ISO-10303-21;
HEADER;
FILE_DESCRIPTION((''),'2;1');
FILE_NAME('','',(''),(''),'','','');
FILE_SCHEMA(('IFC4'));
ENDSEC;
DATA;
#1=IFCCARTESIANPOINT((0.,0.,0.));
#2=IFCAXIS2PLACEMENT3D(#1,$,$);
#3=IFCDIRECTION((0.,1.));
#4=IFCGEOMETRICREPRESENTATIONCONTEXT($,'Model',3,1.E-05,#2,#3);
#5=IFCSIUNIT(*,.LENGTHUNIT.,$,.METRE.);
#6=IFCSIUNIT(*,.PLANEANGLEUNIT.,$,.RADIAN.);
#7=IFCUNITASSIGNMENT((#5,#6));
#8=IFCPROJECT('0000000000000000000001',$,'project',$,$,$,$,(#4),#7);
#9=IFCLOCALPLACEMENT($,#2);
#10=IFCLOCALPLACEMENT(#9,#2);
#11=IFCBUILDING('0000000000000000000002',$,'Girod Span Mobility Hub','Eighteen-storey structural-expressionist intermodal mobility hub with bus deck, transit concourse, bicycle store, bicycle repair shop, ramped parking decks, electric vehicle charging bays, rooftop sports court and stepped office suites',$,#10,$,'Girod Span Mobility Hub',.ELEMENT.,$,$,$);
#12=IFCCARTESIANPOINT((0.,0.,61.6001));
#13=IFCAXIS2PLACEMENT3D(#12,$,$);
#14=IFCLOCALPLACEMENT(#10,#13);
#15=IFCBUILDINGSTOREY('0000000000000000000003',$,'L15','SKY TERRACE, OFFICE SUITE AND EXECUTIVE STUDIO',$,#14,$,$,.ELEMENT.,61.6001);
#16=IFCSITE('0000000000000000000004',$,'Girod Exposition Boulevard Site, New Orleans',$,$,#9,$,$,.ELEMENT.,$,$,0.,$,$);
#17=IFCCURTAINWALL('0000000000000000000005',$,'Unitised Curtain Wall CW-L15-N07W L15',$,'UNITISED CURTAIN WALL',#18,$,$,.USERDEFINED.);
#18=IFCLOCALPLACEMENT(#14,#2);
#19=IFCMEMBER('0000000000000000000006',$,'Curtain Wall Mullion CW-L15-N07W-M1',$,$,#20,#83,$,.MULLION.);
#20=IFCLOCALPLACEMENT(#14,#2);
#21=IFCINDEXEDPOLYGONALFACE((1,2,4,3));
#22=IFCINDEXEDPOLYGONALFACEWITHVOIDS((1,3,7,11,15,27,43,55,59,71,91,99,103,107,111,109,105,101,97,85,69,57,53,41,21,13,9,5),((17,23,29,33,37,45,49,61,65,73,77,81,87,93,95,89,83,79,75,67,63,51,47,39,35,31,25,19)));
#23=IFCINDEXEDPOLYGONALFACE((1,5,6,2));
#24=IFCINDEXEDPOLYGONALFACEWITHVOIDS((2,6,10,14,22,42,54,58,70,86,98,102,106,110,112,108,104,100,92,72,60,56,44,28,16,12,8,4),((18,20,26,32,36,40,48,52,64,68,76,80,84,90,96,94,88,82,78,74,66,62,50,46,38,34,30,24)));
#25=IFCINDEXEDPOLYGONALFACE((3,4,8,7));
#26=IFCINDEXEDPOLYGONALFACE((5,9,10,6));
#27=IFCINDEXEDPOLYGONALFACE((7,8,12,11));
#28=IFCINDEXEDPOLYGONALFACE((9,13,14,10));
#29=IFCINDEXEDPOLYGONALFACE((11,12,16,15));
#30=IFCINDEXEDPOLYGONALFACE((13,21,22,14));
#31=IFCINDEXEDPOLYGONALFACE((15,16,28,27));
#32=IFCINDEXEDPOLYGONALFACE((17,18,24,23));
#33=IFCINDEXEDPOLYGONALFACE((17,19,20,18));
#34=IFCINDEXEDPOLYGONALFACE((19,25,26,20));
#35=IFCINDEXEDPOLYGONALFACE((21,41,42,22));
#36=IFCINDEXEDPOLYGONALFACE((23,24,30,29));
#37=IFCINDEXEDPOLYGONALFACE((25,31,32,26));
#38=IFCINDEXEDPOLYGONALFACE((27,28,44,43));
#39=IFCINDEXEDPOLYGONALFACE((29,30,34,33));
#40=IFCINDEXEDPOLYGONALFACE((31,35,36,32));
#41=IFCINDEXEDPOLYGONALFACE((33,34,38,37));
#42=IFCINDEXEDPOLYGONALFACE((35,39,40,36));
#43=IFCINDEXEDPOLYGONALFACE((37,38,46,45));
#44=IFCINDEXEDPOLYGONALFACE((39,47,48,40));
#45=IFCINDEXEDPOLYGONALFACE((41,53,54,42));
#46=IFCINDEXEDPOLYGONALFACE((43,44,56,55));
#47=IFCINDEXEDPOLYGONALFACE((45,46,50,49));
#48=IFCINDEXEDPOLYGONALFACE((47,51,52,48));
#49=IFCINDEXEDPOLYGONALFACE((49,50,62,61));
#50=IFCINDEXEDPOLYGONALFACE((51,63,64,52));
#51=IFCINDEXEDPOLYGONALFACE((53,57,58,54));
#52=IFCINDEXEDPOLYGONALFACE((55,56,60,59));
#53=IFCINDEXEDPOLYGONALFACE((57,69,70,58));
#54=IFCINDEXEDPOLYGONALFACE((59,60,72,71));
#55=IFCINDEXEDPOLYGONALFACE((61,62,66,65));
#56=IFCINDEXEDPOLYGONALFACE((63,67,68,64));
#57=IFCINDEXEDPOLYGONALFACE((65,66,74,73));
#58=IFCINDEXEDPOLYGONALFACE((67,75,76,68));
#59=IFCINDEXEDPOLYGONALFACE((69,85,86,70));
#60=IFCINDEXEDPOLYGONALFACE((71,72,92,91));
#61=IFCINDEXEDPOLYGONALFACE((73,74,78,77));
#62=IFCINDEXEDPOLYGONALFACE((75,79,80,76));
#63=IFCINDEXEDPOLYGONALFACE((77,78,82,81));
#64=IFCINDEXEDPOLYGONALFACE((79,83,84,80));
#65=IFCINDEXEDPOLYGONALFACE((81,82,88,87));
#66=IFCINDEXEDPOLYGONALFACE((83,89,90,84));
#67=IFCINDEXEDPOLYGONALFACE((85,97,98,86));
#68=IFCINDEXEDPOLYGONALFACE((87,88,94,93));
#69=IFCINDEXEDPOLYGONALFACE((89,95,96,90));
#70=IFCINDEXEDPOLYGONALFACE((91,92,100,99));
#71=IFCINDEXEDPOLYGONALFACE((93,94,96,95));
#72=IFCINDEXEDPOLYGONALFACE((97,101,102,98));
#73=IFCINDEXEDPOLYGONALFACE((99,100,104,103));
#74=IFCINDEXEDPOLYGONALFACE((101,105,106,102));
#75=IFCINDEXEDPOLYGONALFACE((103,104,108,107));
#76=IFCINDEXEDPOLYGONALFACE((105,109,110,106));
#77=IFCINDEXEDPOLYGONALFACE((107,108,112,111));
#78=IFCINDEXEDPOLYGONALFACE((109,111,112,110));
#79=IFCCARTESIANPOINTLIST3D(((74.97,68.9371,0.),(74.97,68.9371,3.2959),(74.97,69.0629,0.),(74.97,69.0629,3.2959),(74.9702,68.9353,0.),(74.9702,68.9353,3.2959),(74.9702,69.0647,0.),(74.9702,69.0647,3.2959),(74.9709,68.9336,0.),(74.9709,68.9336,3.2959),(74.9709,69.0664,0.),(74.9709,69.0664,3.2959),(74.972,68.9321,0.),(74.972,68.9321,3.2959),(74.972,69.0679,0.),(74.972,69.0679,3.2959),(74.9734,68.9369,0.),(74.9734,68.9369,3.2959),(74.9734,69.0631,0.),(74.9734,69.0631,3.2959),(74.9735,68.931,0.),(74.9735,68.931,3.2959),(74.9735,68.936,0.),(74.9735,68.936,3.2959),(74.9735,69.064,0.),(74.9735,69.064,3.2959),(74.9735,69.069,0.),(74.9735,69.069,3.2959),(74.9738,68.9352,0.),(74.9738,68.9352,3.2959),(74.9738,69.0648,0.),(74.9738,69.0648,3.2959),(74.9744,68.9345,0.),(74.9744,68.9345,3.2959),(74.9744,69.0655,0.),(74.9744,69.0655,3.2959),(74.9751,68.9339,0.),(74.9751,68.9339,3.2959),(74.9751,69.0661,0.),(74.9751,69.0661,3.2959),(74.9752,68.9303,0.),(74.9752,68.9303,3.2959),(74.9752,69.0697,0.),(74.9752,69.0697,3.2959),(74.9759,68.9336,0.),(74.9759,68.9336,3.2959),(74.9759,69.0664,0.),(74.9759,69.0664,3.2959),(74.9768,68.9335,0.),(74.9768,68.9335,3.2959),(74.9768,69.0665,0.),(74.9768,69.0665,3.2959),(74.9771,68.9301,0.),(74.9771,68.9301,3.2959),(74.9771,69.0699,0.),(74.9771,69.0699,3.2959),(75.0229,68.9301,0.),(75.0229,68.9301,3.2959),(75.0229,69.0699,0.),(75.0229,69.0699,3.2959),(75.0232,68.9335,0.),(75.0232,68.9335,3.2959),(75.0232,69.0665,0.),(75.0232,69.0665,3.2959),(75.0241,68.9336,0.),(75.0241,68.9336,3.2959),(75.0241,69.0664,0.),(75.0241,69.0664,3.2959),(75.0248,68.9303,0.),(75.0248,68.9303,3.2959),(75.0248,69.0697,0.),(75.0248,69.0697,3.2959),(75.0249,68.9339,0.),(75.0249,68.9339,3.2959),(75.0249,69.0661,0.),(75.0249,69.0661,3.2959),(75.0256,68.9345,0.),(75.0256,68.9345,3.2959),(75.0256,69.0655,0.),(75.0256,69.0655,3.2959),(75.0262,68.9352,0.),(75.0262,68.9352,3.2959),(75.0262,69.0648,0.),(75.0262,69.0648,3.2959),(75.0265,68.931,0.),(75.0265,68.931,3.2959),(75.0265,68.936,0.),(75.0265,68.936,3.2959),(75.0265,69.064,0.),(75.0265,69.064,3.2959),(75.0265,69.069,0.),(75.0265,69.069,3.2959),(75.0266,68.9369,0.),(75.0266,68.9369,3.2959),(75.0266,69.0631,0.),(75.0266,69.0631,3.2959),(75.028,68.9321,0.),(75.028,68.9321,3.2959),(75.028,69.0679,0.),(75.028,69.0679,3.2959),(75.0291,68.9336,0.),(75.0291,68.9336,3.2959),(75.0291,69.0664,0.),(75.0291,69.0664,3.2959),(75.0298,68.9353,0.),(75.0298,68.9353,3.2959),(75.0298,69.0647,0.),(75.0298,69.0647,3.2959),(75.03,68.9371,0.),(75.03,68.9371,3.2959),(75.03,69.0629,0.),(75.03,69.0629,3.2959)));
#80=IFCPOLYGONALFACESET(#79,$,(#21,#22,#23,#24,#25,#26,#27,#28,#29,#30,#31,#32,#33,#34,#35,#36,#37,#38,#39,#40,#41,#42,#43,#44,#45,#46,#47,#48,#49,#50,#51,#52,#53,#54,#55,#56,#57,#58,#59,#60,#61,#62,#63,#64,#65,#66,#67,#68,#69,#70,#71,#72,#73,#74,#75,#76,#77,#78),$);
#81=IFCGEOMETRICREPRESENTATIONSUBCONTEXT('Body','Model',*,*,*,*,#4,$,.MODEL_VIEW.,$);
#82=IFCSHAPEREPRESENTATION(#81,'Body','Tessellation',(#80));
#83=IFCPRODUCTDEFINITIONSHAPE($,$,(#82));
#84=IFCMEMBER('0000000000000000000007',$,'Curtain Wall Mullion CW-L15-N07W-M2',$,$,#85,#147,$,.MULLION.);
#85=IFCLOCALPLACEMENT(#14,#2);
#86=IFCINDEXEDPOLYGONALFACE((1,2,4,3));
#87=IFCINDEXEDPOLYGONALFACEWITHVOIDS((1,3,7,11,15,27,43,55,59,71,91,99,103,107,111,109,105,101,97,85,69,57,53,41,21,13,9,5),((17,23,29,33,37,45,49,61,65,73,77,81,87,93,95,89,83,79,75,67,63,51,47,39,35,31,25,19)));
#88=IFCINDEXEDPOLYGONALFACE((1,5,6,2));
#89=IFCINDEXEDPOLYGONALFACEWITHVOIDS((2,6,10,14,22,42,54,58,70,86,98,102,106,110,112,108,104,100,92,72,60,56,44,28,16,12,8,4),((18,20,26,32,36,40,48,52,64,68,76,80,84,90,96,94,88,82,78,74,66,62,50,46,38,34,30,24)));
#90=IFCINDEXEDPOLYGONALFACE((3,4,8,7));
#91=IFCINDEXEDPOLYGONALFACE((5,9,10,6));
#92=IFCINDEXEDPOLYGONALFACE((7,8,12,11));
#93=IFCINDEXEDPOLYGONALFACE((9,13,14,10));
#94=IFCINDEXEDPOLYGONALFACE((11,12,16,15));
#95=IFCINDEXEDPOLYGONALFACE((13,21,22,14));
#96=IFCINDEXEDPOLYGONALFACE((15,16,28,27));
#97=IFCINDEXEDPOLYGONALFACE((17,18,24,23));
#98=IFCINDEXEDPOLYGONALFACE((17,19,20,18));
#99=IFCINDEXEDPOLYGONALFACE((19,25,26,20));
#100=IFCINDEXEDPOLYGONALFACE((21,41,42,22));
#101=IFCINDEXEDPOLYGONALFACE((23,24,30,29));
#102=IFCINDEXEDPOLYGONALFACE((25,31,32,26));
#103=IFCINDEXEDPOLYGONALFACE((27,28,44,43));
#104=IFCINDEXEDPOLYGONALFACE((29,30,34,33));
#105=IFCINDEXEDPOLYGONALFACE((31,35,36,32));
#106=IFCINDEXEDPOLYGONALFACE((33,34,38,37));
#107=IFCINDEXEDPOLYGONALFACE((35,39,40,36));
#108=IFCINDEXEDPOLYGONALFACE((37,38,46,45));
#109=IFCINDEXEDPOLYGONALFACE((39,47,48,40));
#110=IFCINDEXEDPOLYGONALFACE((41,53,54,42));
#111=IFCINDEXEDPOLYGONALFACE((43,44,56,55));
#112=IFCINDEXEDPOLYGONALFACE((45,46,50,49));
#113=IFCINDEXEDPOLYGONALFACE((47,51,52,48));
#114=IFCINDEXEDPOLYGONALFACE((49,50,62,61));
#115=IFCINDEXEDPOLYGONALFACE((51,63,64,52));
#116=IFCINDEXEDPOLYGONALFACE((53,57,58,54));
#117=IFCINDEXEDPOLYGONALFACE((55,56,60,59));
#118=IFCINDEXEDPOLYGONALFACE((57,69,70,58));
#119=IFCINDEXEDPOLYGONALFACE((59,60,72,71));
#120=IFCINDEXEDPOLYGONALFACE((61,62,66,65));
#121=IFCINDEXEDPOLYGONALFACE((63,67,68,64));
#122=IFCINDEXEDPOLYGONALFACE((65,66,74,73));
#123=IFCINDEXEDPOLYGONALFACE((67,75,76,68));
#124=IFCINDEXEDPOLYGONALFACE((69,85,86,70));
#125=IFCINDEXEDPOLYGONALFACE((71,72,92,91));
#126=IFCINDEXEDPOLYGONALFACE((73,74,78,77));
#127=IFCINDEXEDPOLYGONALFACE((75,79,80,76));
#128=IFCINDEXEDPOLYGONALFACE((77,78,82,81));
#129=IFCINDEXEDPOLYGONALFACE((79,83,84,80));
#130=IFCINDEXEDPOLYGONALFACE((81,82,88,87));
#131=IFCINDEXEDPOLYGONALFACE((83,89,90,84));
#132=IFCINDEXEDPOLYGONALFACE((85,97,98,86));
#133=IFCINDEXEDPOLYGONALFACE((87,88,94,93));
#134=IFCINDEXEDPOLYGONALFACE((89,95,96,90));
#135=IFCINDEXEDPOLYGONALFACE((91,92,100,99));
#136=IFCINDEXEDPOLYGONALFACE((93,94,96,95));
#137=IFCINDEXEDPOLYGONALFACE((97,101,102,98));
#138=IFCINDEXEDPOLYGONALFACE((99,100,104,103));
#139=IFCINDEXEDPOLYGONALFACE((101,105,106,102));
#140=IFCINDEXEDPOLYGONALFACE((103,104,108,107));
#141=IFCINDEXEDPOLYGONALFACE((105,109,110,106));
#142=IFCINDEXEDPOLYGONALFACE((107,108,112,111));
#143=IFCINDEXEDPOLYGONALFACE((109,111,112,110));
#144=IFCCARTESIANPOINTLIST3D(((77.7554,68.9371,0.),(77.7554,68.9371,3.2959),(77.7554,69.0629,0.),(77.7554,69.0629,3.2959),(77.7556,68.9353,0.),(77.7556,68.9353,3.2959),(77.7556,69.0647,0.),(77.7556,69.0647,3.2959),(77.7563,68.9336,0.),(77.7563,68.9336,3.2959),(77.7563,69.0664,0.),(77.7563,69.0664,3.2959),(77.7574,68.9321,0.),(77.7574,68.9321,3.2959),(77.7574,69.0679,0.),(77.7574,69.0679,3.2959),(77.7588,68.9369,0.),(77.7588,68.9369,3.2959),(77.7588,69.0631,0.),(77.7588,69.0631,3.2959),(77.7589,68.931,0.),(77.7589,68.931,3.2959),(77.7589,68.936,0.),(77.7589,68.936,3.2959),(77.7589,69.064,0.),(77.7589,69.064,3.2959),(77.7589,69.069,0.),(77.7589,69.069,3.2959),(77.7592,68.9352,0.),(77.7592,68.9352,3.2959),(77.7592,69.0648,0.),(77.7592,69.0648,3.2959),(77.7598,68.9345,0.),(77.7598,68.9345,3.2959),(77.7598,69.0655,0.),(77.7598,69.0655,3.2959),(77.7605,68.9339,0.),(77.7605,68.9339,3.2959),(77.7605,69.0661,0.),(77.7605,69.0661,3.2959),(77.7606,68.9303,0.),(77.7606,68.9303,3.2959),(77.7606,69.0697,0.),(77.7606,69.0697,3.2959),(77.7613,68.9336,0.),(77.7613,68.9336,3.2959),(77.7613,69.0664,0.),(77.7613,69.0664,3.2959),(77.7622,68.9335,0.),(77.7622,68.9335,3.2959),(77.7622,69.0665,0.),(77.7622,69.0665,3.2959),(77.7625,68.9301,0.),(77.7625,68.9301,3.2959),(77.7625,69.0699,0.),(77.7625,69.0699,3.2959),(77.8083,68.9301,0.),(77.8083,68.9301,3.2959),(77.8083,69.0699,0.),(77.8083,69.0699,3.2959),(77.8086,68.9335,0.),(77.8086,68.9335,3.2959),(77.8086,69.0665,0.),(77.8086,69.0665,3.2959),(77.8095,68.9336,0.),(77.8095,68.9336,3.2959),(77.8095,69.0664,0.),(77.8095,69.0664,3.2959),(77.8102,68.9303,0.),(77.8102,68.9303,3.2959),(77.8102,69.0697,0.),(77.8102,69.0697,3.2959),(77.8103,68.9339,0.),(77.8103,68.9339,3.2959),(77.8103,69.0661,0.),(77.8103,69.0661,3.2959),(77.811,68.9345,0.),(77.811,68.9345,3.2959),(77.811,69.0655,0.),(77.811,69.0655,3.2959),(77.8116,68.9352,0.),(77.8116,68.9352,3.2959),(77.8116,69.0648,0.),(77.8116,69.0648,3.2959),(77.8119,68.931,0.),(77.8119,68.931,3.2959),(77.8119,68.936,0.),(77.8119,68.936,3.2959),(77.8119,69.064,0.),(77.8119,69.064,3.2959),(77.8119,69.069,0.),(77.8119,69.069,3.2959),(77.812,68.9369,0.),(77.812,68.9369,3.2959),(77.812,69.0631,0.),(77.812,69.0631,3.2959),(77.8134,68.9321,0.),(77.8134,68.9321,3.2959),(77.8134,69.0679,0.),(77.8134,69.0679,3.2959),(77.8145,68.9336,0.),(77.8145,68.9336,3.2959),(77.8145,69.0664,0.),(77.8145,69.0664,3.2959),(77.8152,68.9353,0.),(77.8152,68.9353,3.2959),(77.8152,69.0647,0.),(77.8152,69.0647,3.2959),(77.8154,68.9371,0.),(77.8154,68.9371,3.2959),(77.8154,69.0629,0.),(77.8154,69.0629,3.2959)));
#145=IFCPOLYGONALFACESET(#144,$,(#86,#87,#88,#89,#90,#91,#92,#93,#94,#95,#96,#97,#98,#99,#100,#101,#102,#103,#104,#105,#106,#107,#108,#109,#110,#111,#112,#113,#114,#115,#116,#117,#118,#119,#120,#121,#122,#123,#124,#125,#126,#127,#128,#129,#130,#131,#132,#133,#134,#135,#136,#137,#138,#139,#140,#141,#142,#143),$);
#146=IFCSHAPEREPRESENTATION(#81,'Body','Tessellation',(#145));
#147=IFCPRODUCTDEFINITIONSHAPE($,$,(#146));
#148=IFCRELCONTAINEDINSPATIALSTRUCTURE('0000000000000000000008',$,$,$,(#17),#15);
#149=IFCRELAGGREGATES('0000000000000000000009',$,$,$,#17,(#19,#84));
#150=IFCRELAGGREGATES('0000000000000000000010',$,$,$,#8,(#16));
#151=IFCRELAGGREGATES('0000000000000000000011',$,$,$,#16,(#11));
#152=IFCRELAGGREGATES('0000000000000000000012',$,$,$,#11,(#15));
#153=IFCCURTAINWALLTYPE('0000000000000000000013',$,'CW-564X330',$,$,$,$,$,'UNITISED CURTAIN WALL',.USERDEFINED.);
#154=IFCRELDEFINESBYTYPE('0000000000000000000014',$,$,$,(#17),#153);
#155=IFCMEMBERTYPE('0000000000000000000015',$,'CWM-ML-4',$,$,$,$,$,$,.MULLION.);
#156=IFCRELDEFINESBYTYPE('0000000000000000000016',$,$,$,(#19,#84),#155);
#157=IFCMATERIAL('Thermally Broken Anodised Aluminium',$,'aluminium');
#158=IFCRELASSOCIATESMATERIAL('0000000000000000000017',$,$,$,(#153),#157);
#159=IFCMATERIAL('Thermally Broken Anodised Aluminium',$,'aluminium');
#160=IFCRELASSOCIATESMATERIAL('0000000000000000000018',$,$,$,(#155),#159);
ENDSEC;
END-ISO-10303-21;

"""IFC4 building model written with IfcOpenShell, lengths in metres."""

from ifc_helpers import new_model, si_unit, direction, frame, origin, origin_2d, place, context, subcontext, project, spatial, hollow_rectangle, extrude, material, material_profile, profile_set, type_object, element, aggregate, save


model = new_model("IFC4")

# Units and contexts
model_context = context("Model", 3, precision=1e-05, world=origin(), true_north=direction((0.0, 1.0)))
body_context = subcontext(model_context, "Body", "Model", "MODEL_VIEW")
ifc_project = project(units=[si_unit("LENGTHUNIT", "METRE"), si_unit("PLANEANGLEUNIT", "RADIAN")], contexts=[model_context])

# Site, building, storey
site_placement = place(None, origin())
site = spatial("IfcSite", under=ifc_project, at=site_placement, Name="Girod Exposition Boulevard Site, New Orleans", CompositionType="ELEMENT", RefElevation=0.0)
building_placement = place(site_placement, origin())
building = spatial("IfcBuilding", under=site, at=building_placement, Name="Girod Span Mobility Hub", Description="Eighteen-storey structural-expressionist intermodal mobility hub with bus deck, transit concourse, bicycle store, bicycle repair shop, ramped parking decks, electric vehicle charging bays, rooftop sports court and stepped office suites", LongName="Girod Span Mobility Hub", CompositionType="ELEMENT")
storey_placement = place(building_placement, frame((0.0, 0.0, 61.6001)))
storey = spatial("IfcBuildingStorey", under=building, at=storey_placement, Name="L15", Description="SKY TERRACE, OFFICE SUITE AND EXECUTIVE STUDIO", CompositionType="ELEMENT", Elevation=61.6001)

# Curtain wall, members
ifc_material_1 = material(Name="Thermally Broken Anodised Aluminium", Category="aluminium")
curtain_wall_type = type_object("IfcCurtainWallType", Name="CW-564X330", ElementType="UNITISED CURTAIN WALL", PredefinedType="USERDEFINED", material=ifc_material_1)
curtain_wall_1_placement = place(storey_placement, origin())
curtain_wall_1 = element("IfcCurtainWall", 1, at=curtain_wall_1_placement, inside=storey, type_object=curtain_wall_type, Name="Unitised Curtain Wall CW-L15-N07W L15", ObjectType="UNITISED CURTAIN WALL", PredefinedType="USERDEFINED")
ifc_material_2 = material(Name="Thermally Broken Anodised Aluminium", Category="aluminium")
ifc_material_profile_1 = material_profile(ifc_material_2, hollow_rectangle(XDim=0.1399, YDim=0.0601, WallThickness=0.0034, InnerFilletRadius=0.0034, OuterFilletRadius=0.0071, at=origin_2d()), Name="CW-ML-60X140")
ifc_profile_set_1 = profile_set([ifc_material_profile_1], Name="Thermally Broken Anodised Aluminium")
member_type_1 = type_object("IfcMemberType", Name="CWM-ML-4", PredefinedType="MULLION", material=ifc_profile_set_1)
member_1_placement = place(storey_placement, frame((75.0, 69.0, 0.0), z_axis=(0.0, 0.0, 1.0), x_axis=(0.0, 1.0, 0.0)))
member_1 = element("IfcMember", 2, at=member_1_placement, type_object=member_type_1, Name="Curtain Wall Mullion CW-L15-N07W-M1", PredefinedType="MULLION", context=body_context, shape_type="SweptSolid", body=[
    extrude(hollow_rectangle(XDim=0.1399, YDim=0.0601, WallThickness=0.0034, InnerFilletRadius=0.0034, OuterFilletRadius=0.0071, at=origin_2d()), origin(), (0.0, 0.0, 1.0), 3.2959),
])
member_2_placement = place(storey_placement, frame((77.7854, 69.0, 0.0), z_axis=(0.0, 0.0, 1.0), x_axis=(0.0, 1.0, 0.0)))
member_2 = element("IfcMember", 3, at=member_2_placement, type_object=member_type_1, Name="Curtain Wall Mullion CW-L15-N07W-M2", PredefinedType="MULLION", context=body_context, shape_type="SweptSolid", body=[
    extrude(hollow_rectangle(XDim=0.1399, YDim=0.0601, WallThickness=0.0034, InnerFilletRadius=0.0034, OuterFilletRadius=0.0071, at=origin_2d()), origin(), (0.0, 0.0, 1.0), 3.2959),
])

aggregate(curtain_wall_1, [member_1, member_2])

save(model, "model.ifc")
